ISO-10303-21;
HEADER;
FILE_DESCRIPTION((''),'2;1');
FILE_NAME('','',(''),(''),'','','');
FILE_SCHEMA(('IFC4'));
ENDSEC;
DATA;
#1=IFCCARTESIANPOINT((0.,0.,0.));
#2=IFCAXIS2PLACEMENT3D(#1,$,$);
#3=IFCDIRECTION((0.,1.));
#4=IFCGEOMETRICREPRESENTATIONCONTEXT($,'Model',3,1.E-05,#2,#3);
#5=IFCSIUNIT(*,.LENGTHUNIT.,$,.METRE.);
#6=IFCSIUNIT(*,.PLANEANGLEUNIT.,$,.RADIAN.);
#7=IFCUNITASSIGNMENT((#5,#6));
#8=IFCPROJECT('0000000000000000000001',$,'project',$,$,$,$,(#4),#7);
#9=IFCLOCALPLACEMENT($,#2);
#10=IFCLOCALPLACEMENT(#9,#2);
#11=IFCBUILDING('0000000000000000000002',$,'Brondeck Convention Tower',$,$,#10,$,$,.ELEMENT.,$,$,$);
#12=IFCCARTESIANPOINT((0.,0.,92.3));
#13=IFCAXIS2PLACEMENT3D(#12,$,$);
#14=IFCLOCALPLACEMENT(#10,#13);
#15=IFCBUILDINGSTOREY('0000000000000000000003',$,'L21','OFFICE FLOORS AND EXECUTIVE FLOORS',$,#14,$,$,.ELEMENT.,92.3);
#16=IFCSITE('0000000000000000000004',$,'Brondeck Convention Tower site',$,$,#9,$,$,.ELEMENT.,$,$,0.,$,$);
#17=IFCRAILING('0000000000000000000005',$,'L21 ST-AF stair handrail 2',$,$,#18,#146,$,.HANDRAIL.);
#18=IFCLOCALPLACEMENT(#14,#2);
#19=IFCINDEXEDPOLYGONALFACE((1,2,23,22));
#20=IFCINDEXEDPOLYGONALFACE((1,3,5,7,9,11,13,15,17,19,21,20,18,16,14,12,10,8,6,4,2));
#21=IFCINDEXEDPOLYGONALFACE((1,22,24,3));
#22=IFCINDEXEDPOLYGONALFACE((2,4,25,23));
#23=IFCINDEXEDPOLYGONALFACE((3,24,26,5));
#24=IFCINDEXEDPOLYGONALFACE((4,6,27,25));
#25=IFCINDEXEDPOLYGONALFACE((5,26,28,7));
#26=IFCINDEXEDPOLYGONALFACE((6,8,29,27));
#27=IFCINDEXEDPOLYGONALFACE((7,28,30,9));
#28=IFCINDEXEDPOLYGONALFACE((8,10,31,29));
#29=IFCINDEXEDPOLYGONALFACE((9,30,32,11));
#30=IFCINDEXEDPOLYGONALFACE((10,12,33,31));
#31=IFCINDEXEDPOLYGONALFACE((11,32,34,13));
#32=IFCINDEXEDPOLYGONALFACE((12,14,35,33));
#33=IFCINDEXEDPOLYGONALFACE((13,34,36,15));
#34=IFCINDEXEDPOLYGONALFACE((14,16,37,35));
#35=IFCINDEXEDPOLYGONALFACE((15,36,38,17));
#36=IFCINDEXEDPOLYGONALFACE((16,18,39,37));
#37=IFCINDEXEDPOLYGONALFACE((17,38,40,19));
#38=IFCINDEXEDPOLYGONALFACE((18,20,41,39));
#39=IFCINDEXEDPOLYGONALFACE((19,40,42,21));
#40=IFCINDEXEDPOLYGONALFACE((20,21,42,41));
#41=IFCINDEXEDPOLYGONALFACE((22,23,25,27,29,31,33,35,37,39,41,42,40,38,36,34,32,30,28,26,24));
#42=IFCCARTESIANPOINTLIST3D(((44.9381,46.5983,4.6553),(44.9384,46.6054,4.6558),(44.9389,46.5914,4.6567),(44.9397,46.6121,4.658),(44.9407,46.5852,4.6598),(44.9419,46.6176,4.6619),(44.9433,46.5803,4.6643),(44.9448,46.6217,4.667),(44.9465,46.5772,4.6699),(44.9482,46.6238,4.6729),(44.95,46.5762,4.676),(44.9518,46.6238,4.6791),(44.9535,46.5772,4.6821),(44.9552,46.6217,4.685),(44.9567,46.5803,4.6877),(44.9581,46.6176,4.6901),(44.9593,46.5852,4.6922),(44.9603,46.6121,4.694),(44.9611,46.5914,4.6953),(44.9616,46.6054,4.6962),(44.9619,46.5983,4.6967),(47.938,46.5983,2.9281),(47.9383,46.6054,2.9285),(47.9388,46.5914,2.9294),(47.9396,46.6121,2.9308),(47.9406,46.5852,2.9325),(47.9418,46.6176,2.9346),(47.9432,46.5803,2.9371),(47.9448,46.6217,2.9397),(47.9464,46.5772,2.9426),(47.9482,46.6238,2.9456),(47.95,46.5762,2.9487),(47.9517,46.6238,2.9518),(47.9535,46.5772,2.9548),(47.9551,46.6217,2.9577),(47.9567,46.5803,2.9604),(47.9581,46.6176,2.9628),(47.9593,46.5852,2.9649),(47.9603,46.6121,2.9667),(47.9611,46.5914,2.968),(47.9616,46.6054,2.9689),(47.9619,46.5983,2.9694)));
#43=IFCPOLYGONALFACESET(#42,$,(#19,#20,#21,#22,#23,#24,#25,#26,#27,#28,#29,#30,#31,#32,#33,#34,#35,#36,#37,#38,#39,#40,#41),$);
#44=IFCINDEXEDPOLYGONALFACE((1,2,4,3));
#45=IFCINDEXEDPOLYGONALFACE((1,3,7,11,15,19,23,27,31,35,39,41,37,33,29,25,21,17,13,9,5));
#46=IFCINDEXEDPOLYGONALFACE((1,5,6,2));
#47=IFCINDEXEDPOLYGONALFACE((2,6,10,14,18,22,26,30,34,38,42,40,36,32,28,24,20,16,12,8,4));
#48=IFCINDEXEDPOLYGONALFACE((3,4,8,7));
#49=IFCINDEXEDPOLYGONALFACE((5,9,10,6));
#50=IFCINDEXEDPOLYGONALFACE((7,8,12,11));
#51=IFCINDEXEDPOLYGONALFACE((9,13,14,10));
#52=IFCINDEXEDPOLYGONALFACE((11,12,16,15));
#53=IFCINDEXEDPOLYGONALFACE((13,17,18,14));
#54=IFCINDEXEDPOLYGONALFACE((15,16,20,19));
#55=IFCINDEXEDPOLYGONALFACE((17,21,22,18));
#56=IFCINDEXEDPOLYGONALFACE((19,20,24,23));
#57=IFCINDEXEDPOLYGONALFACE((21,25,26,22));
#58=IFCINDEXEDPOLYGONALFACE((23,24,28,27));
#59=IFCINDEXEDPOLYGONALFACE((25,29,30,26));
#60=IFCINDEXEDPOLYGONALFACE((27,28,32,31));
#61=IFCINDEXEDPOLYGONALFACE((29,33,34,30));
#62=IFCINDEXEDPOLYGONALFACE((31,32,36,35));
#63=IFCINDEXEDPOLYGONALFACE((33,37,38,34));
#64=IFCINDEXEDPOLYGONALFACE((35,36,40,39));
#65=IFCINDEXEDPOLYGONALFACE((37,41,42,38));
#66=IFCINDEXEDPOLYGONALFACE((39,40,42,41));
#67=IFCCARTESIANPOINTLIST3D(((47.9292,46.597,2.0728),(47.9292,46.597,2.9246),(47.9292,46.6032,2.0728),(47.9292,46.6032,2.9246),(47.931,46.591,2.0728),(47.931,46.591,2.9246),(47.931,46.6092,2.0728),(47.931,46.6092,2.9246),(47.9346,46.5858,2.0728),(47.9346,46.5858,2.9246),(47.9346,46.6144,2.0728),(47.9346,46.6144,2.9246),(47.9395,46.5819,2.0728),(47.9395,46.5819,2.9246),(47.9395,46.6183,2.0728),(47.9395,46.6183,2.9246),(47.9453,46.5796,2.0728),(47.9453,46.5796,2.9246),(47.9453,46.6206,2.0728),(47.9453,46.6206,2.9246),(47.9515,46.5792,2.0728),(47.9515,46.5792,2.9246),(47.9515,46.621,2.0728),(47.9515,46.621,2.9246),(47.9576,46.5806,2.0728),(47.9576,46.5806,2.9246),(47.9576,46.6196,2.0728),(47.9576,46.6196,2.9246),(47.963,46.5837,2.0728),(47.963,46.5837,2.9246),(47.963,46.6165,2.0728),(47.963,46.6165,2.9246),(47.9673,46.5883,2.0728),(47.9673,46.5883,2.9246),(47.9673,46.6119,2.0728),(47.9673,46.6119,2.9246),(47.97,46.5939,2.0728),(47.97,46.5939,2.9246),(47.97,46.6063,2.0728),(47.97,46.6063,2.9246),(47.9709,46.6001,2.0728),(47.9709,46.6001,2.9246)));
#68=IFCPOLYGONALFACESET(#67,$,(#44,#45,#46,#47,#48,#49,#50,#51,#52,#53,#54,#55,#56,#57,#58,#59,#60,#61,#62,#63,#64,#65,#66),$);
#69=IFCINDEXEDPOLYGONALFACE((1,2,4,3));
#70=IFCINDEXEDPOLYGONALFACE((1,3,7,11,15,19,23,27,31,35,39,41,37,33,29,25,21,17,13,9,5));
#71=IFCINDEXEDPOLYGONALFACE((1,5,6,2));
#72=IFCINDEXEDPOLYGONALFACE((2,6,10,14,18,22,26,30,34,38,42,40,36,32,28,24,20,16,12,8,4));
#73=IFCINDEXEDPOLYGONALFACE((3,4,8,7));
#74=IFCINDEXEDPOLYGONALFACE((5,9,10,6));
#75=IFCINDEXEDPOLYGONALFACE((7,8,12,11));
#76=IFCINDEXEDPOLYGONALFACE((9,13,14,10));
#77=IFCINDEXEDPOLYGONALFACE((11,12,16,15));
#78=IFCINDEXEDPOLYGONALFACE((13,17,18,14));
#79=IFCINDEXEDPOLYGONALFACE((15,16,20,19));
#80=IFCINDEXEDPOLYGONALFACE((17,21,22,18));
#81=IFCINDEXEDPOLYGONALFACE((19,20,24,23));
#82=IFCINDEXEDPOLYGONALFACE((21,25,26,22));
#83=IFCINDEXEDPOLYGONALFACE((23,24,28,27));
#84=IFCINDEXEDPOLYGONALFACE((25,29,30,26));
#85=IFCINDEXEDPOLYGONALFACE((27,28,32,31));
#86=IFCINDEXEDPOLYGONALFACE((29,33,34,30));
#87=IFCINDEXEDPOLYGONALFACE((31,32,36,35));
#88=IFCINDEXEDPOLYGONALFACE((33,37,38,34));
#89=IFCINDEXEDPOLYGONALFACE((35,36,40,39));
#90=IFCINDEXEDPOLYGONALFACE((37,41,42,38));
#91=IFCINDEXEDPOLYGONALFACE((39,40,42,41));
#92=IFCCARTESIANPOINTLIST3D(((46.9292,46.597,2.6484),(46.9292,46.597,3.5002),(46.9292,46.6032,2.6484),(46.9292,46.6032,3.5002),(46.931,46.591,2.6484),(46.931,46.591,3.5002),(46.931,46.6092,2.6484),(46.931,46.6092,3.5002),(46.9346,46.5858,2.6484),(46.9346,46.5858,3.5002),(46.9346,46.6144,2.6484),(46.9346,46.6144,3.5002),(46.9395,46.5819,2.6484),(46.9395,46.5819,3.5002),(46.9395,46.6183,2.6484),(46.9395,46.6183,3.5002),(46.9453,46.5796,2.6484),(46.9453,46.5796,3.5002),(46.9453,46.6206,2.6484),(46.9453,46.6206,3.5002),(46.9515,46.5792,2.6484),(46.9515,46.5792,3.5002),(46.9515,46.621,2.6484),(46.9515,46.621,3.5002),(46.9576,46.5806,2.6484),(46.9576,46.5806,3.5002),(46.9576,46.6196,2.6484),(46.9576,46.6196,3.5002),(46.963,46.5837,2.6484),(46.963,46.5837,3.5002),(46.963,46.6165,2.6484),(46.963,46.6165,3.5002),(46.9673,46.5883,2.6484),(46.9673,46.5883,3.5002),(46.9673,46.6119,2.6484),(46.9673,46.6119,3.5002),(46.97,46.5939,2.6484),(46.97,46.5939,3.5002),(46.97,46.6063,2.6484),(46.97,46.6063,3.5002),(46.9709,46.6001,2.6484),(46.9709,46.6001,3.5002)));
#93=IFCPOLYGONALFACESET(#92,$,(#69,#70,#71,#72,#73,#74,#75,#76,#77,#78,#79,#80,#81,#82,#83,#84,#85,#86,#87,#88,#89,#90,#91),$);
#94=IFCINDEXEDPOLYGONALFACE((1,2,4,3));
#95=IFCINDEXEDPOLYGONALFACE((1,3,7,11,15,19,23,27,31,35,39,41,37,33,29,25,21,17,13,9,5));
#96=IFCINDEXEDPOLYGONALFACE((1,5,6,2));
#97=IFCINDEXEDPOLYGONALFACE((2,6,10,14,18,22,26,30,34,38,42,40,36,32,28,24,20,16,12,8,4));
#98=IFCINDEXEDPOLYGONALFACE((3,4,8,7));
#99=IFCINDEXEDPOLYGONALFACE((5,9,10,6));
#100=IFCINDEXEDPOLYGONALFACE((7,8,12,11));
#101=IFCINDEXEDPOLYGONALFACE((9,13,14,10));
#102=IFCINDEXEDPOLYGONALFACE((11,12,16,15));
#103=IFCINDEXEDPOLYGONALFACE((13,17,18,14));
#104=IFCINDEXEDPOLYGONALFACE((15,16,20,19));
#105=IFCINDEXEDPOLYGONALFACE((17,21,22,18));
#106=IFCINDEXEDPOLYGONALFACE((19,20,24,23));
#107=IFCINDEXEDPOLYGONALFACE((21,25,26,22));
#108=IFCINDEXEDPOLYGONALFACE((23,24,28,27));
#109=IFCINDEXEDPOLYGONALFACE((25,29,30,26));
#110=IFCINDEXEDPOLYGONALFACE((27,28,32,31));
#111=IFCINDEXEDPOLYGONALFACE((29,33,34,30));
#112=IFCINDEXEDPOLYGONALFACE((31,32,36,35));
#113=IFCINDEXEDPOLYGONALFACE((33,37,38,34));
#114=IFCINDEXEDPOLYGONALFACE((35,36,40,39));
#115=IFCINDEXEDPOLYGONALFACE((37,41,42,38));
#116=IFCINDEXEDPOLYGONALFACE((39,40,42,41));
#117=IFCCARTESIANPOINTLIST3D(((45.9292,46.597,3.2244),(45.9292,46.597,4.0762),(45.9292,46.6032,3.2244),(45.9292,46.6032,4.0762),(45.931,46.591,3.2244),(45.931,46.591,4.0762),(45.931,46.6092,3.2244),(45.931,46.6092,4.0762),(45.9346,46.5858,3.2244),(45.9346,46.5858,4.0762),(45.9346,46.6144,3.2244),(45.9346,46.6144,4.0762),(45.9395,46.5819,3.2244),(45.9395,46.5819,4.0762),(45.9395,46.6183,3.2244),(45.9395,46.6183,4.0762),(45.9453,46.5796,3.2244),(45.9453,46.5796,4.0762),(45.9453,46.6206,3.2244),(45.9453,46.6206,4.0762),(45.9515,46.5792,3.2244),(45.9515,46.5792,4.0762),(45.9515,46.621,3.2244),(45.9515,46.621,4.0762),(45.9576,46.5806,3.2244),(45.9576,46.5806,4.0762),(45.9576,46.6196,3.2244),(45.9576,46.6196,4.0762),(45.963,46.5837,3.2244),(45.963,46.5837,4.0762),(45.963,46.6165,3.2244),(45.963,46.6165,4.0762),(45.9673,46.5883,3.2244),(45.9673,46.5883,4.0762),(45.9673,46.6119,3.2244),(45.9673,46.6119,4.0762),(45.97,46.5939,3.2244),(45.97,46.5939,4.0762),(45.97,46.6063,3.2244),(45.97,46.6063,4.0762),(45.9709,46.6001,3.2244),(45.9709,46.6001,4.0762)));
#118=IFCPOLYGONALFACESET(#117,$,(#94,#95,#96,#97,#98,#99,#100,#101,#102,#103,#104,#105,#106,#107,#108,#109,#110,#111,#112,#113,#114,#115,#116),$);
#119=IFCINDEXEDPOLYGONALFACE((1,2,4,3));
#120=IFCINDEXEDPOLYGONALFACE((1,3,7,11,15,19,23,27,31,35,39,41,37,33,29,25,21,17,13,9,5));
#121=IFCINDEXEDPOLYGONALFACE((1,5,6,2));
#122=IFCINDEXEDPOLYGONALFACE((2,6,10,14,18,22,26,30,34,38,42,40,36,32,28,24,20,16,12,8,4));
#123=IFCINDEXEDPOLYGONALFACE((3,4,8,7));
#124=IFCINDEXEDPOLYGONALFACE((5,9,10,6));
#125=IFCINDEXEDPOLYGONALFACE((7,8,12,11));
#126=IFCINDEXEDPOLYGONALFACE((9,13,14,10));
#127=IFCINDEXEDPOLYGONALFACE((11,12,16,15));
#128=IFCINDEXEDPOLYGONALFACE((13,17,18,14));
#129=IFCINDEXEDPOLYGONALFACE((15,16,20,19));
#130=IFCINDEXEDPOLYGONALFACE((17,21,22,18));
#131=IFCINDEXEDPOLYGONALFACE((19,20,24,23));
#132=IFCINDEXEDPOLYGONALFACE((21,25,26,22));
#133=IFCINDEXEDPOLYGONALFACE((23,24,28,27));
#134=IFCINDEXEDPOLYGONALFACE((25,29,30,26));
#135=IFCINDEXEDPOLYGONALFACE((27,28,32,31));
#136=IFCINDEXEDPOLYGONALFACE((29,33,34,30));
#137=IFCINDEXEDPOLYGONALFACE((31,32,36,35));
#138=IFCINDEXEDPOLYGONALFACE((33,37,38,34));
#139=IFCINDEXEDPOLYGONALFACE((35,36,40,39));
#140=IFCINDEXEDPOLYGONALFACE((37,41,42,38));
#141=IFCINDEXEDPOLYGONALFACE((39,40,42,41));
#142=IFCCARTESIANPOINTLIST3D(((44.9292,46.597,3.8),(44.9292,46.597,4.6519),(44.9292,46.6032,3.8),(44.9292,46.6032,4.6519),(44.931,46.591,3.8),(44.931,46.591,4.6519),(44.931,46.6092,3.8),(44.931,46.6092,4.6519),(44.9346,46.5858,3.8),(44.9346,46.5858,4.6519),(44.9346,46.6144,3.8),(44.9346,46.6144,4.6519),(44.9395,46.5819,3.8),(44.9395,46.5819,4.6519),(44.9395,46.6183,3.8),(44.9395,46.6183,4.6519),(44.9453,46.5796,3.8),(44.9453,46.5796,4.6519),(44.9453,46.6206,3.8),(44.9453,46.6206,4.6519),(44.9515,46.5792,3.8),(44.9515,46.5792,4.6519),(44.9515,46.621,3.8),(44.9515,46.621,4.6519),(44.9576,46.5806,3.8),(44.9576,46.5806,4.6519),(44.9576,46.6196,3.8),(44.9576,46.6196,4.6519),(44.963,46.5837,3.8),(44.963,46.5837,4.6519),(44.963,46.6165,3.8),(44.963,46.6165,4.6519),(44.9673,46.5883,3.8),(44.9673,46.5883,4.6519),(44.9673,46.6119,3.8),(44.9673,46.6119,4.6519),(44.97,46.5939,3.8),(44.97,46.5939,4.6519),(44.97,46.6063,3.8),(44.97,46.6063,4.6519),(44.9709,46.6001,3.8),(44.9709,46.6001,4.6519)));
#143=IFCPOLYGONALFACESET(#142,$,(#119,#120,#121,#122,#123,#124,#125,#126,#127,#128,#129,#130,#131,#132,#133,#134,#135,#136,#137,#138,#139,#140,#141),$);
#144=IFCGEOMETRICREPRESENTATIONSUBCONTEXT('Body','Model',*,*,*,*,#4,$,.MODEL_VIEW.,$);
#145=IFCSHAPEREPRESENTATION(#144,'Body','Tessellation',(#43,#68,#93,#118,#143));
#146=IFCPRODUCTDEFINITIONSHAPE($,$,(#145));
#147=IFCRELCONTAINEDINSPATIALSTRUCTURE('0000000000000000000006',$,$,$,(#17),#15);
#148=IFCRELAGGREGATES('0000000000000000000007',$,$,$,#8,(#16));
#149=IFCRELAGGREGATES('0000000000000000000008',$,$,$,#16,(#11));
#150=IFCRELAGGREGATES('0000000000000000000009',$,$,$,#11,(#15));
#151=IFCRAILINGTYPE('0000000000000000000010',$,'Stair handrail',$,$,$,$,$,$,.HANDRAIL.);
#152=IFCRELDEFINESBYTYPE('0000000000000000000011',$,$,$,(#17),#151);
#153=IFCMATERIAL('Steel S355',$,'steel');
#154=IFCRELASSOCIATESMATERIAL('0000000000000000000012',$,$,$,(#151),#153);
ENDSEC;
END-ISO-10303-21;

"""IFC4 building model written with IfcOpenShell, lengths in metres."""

from ifc_helpers import new_model, si_unit, direction, frame, origin, origin_2d, place, context, subcontext, project, spatial, circle, extrude, material, type_object, element, save


model = new_model("IFC4")

# Units and contexts
model_context = context("Model", 3, precision=1e-05, world=origin(), true_north=direction((0.0, 1.0)))
body_context = subcontext(model_context, "Body", "Model", "MODEL_VIEW")
ifc_project = project(units=[si_unit("LENGTHUNIT", "METRE"), si_unit("PLANEANGLEUNIT", "RADIAN")], contexts=[model_context])

# Site, building, storey
site_placement = place(None, origin())
site = spatial("IfcSite", under=ifc_project, at=site_placement, Name="Brondeck Convention Tower site", CompositionType="ELEMENT", RefElevation=0.0)
building_placement = place(site_placement, origin())
building = spatial("IfcBuilding", under=site, at=building_placement, Name="Brondeck Convention Tower", CompositionType="ELEMENT")
storey_placement = place(building_placement, frame((0.0, 0.0, 92.3)))
storey = spatial("IfcBuildingStorey", under=building, at=storey_placement, Name="L21", Description="OFFICE FLOORS AND EXECUTIVE FLOORS", CompositionType="ELEMENT", Elevation=92.3)

# Shared definitions
ifc_material_1 = material(Name="Steel S355", Category="steel")

# Railing
railing_type = type_object("IfcRailingType", Name="Stair handrail", PredefinedType="HANDRAIL", material=ifc_material_1)
railing_placement = place(storey_placement, frame((47.95, 46.6001, 2.0728)))
element("IfcRailing", 1, at=railing_placement, inside=storey, type_object=railing_type, Name="L21 ST-AF stair handrail 2", PredefinedType="HANDRAIL", context=body_context, shape_type="SweptSolid", body=[
    extrude(circle(Radius=0.0239, at=origin_2d()), frame((0.0, 0.0, 0.876), z_axis=(-0.86662, 0.0, 0.498969), x_axis=(0.0, -1.0, 0.0)), (0.0, 0.0, 1.0), 3.4617),
    extrude(circle(Radius=0.021, at=origin_2d()), origin(), (0.0, 0.0, 1.0), 0.8518),
    extrude(circle(Radius=0.021, at=origin_2d()), frame((-1.0, 0.0, 0.5757)), (0.0, 0.0, 1.0), 0.8518),
    extrude(circle(Radius=0.021, at=origin_2d()), frame((-2.0, 0.0, 1.1516)), (0.0, 0.0, 1.0), 0.8518),
    extrude(circle(Radius=0.021, at=origin_2d()), frame((-3.0, 0.0, 1.7273)), (0.0, 0.0, 1.0), 0.8518),
])

save(model, "model.ifc")
